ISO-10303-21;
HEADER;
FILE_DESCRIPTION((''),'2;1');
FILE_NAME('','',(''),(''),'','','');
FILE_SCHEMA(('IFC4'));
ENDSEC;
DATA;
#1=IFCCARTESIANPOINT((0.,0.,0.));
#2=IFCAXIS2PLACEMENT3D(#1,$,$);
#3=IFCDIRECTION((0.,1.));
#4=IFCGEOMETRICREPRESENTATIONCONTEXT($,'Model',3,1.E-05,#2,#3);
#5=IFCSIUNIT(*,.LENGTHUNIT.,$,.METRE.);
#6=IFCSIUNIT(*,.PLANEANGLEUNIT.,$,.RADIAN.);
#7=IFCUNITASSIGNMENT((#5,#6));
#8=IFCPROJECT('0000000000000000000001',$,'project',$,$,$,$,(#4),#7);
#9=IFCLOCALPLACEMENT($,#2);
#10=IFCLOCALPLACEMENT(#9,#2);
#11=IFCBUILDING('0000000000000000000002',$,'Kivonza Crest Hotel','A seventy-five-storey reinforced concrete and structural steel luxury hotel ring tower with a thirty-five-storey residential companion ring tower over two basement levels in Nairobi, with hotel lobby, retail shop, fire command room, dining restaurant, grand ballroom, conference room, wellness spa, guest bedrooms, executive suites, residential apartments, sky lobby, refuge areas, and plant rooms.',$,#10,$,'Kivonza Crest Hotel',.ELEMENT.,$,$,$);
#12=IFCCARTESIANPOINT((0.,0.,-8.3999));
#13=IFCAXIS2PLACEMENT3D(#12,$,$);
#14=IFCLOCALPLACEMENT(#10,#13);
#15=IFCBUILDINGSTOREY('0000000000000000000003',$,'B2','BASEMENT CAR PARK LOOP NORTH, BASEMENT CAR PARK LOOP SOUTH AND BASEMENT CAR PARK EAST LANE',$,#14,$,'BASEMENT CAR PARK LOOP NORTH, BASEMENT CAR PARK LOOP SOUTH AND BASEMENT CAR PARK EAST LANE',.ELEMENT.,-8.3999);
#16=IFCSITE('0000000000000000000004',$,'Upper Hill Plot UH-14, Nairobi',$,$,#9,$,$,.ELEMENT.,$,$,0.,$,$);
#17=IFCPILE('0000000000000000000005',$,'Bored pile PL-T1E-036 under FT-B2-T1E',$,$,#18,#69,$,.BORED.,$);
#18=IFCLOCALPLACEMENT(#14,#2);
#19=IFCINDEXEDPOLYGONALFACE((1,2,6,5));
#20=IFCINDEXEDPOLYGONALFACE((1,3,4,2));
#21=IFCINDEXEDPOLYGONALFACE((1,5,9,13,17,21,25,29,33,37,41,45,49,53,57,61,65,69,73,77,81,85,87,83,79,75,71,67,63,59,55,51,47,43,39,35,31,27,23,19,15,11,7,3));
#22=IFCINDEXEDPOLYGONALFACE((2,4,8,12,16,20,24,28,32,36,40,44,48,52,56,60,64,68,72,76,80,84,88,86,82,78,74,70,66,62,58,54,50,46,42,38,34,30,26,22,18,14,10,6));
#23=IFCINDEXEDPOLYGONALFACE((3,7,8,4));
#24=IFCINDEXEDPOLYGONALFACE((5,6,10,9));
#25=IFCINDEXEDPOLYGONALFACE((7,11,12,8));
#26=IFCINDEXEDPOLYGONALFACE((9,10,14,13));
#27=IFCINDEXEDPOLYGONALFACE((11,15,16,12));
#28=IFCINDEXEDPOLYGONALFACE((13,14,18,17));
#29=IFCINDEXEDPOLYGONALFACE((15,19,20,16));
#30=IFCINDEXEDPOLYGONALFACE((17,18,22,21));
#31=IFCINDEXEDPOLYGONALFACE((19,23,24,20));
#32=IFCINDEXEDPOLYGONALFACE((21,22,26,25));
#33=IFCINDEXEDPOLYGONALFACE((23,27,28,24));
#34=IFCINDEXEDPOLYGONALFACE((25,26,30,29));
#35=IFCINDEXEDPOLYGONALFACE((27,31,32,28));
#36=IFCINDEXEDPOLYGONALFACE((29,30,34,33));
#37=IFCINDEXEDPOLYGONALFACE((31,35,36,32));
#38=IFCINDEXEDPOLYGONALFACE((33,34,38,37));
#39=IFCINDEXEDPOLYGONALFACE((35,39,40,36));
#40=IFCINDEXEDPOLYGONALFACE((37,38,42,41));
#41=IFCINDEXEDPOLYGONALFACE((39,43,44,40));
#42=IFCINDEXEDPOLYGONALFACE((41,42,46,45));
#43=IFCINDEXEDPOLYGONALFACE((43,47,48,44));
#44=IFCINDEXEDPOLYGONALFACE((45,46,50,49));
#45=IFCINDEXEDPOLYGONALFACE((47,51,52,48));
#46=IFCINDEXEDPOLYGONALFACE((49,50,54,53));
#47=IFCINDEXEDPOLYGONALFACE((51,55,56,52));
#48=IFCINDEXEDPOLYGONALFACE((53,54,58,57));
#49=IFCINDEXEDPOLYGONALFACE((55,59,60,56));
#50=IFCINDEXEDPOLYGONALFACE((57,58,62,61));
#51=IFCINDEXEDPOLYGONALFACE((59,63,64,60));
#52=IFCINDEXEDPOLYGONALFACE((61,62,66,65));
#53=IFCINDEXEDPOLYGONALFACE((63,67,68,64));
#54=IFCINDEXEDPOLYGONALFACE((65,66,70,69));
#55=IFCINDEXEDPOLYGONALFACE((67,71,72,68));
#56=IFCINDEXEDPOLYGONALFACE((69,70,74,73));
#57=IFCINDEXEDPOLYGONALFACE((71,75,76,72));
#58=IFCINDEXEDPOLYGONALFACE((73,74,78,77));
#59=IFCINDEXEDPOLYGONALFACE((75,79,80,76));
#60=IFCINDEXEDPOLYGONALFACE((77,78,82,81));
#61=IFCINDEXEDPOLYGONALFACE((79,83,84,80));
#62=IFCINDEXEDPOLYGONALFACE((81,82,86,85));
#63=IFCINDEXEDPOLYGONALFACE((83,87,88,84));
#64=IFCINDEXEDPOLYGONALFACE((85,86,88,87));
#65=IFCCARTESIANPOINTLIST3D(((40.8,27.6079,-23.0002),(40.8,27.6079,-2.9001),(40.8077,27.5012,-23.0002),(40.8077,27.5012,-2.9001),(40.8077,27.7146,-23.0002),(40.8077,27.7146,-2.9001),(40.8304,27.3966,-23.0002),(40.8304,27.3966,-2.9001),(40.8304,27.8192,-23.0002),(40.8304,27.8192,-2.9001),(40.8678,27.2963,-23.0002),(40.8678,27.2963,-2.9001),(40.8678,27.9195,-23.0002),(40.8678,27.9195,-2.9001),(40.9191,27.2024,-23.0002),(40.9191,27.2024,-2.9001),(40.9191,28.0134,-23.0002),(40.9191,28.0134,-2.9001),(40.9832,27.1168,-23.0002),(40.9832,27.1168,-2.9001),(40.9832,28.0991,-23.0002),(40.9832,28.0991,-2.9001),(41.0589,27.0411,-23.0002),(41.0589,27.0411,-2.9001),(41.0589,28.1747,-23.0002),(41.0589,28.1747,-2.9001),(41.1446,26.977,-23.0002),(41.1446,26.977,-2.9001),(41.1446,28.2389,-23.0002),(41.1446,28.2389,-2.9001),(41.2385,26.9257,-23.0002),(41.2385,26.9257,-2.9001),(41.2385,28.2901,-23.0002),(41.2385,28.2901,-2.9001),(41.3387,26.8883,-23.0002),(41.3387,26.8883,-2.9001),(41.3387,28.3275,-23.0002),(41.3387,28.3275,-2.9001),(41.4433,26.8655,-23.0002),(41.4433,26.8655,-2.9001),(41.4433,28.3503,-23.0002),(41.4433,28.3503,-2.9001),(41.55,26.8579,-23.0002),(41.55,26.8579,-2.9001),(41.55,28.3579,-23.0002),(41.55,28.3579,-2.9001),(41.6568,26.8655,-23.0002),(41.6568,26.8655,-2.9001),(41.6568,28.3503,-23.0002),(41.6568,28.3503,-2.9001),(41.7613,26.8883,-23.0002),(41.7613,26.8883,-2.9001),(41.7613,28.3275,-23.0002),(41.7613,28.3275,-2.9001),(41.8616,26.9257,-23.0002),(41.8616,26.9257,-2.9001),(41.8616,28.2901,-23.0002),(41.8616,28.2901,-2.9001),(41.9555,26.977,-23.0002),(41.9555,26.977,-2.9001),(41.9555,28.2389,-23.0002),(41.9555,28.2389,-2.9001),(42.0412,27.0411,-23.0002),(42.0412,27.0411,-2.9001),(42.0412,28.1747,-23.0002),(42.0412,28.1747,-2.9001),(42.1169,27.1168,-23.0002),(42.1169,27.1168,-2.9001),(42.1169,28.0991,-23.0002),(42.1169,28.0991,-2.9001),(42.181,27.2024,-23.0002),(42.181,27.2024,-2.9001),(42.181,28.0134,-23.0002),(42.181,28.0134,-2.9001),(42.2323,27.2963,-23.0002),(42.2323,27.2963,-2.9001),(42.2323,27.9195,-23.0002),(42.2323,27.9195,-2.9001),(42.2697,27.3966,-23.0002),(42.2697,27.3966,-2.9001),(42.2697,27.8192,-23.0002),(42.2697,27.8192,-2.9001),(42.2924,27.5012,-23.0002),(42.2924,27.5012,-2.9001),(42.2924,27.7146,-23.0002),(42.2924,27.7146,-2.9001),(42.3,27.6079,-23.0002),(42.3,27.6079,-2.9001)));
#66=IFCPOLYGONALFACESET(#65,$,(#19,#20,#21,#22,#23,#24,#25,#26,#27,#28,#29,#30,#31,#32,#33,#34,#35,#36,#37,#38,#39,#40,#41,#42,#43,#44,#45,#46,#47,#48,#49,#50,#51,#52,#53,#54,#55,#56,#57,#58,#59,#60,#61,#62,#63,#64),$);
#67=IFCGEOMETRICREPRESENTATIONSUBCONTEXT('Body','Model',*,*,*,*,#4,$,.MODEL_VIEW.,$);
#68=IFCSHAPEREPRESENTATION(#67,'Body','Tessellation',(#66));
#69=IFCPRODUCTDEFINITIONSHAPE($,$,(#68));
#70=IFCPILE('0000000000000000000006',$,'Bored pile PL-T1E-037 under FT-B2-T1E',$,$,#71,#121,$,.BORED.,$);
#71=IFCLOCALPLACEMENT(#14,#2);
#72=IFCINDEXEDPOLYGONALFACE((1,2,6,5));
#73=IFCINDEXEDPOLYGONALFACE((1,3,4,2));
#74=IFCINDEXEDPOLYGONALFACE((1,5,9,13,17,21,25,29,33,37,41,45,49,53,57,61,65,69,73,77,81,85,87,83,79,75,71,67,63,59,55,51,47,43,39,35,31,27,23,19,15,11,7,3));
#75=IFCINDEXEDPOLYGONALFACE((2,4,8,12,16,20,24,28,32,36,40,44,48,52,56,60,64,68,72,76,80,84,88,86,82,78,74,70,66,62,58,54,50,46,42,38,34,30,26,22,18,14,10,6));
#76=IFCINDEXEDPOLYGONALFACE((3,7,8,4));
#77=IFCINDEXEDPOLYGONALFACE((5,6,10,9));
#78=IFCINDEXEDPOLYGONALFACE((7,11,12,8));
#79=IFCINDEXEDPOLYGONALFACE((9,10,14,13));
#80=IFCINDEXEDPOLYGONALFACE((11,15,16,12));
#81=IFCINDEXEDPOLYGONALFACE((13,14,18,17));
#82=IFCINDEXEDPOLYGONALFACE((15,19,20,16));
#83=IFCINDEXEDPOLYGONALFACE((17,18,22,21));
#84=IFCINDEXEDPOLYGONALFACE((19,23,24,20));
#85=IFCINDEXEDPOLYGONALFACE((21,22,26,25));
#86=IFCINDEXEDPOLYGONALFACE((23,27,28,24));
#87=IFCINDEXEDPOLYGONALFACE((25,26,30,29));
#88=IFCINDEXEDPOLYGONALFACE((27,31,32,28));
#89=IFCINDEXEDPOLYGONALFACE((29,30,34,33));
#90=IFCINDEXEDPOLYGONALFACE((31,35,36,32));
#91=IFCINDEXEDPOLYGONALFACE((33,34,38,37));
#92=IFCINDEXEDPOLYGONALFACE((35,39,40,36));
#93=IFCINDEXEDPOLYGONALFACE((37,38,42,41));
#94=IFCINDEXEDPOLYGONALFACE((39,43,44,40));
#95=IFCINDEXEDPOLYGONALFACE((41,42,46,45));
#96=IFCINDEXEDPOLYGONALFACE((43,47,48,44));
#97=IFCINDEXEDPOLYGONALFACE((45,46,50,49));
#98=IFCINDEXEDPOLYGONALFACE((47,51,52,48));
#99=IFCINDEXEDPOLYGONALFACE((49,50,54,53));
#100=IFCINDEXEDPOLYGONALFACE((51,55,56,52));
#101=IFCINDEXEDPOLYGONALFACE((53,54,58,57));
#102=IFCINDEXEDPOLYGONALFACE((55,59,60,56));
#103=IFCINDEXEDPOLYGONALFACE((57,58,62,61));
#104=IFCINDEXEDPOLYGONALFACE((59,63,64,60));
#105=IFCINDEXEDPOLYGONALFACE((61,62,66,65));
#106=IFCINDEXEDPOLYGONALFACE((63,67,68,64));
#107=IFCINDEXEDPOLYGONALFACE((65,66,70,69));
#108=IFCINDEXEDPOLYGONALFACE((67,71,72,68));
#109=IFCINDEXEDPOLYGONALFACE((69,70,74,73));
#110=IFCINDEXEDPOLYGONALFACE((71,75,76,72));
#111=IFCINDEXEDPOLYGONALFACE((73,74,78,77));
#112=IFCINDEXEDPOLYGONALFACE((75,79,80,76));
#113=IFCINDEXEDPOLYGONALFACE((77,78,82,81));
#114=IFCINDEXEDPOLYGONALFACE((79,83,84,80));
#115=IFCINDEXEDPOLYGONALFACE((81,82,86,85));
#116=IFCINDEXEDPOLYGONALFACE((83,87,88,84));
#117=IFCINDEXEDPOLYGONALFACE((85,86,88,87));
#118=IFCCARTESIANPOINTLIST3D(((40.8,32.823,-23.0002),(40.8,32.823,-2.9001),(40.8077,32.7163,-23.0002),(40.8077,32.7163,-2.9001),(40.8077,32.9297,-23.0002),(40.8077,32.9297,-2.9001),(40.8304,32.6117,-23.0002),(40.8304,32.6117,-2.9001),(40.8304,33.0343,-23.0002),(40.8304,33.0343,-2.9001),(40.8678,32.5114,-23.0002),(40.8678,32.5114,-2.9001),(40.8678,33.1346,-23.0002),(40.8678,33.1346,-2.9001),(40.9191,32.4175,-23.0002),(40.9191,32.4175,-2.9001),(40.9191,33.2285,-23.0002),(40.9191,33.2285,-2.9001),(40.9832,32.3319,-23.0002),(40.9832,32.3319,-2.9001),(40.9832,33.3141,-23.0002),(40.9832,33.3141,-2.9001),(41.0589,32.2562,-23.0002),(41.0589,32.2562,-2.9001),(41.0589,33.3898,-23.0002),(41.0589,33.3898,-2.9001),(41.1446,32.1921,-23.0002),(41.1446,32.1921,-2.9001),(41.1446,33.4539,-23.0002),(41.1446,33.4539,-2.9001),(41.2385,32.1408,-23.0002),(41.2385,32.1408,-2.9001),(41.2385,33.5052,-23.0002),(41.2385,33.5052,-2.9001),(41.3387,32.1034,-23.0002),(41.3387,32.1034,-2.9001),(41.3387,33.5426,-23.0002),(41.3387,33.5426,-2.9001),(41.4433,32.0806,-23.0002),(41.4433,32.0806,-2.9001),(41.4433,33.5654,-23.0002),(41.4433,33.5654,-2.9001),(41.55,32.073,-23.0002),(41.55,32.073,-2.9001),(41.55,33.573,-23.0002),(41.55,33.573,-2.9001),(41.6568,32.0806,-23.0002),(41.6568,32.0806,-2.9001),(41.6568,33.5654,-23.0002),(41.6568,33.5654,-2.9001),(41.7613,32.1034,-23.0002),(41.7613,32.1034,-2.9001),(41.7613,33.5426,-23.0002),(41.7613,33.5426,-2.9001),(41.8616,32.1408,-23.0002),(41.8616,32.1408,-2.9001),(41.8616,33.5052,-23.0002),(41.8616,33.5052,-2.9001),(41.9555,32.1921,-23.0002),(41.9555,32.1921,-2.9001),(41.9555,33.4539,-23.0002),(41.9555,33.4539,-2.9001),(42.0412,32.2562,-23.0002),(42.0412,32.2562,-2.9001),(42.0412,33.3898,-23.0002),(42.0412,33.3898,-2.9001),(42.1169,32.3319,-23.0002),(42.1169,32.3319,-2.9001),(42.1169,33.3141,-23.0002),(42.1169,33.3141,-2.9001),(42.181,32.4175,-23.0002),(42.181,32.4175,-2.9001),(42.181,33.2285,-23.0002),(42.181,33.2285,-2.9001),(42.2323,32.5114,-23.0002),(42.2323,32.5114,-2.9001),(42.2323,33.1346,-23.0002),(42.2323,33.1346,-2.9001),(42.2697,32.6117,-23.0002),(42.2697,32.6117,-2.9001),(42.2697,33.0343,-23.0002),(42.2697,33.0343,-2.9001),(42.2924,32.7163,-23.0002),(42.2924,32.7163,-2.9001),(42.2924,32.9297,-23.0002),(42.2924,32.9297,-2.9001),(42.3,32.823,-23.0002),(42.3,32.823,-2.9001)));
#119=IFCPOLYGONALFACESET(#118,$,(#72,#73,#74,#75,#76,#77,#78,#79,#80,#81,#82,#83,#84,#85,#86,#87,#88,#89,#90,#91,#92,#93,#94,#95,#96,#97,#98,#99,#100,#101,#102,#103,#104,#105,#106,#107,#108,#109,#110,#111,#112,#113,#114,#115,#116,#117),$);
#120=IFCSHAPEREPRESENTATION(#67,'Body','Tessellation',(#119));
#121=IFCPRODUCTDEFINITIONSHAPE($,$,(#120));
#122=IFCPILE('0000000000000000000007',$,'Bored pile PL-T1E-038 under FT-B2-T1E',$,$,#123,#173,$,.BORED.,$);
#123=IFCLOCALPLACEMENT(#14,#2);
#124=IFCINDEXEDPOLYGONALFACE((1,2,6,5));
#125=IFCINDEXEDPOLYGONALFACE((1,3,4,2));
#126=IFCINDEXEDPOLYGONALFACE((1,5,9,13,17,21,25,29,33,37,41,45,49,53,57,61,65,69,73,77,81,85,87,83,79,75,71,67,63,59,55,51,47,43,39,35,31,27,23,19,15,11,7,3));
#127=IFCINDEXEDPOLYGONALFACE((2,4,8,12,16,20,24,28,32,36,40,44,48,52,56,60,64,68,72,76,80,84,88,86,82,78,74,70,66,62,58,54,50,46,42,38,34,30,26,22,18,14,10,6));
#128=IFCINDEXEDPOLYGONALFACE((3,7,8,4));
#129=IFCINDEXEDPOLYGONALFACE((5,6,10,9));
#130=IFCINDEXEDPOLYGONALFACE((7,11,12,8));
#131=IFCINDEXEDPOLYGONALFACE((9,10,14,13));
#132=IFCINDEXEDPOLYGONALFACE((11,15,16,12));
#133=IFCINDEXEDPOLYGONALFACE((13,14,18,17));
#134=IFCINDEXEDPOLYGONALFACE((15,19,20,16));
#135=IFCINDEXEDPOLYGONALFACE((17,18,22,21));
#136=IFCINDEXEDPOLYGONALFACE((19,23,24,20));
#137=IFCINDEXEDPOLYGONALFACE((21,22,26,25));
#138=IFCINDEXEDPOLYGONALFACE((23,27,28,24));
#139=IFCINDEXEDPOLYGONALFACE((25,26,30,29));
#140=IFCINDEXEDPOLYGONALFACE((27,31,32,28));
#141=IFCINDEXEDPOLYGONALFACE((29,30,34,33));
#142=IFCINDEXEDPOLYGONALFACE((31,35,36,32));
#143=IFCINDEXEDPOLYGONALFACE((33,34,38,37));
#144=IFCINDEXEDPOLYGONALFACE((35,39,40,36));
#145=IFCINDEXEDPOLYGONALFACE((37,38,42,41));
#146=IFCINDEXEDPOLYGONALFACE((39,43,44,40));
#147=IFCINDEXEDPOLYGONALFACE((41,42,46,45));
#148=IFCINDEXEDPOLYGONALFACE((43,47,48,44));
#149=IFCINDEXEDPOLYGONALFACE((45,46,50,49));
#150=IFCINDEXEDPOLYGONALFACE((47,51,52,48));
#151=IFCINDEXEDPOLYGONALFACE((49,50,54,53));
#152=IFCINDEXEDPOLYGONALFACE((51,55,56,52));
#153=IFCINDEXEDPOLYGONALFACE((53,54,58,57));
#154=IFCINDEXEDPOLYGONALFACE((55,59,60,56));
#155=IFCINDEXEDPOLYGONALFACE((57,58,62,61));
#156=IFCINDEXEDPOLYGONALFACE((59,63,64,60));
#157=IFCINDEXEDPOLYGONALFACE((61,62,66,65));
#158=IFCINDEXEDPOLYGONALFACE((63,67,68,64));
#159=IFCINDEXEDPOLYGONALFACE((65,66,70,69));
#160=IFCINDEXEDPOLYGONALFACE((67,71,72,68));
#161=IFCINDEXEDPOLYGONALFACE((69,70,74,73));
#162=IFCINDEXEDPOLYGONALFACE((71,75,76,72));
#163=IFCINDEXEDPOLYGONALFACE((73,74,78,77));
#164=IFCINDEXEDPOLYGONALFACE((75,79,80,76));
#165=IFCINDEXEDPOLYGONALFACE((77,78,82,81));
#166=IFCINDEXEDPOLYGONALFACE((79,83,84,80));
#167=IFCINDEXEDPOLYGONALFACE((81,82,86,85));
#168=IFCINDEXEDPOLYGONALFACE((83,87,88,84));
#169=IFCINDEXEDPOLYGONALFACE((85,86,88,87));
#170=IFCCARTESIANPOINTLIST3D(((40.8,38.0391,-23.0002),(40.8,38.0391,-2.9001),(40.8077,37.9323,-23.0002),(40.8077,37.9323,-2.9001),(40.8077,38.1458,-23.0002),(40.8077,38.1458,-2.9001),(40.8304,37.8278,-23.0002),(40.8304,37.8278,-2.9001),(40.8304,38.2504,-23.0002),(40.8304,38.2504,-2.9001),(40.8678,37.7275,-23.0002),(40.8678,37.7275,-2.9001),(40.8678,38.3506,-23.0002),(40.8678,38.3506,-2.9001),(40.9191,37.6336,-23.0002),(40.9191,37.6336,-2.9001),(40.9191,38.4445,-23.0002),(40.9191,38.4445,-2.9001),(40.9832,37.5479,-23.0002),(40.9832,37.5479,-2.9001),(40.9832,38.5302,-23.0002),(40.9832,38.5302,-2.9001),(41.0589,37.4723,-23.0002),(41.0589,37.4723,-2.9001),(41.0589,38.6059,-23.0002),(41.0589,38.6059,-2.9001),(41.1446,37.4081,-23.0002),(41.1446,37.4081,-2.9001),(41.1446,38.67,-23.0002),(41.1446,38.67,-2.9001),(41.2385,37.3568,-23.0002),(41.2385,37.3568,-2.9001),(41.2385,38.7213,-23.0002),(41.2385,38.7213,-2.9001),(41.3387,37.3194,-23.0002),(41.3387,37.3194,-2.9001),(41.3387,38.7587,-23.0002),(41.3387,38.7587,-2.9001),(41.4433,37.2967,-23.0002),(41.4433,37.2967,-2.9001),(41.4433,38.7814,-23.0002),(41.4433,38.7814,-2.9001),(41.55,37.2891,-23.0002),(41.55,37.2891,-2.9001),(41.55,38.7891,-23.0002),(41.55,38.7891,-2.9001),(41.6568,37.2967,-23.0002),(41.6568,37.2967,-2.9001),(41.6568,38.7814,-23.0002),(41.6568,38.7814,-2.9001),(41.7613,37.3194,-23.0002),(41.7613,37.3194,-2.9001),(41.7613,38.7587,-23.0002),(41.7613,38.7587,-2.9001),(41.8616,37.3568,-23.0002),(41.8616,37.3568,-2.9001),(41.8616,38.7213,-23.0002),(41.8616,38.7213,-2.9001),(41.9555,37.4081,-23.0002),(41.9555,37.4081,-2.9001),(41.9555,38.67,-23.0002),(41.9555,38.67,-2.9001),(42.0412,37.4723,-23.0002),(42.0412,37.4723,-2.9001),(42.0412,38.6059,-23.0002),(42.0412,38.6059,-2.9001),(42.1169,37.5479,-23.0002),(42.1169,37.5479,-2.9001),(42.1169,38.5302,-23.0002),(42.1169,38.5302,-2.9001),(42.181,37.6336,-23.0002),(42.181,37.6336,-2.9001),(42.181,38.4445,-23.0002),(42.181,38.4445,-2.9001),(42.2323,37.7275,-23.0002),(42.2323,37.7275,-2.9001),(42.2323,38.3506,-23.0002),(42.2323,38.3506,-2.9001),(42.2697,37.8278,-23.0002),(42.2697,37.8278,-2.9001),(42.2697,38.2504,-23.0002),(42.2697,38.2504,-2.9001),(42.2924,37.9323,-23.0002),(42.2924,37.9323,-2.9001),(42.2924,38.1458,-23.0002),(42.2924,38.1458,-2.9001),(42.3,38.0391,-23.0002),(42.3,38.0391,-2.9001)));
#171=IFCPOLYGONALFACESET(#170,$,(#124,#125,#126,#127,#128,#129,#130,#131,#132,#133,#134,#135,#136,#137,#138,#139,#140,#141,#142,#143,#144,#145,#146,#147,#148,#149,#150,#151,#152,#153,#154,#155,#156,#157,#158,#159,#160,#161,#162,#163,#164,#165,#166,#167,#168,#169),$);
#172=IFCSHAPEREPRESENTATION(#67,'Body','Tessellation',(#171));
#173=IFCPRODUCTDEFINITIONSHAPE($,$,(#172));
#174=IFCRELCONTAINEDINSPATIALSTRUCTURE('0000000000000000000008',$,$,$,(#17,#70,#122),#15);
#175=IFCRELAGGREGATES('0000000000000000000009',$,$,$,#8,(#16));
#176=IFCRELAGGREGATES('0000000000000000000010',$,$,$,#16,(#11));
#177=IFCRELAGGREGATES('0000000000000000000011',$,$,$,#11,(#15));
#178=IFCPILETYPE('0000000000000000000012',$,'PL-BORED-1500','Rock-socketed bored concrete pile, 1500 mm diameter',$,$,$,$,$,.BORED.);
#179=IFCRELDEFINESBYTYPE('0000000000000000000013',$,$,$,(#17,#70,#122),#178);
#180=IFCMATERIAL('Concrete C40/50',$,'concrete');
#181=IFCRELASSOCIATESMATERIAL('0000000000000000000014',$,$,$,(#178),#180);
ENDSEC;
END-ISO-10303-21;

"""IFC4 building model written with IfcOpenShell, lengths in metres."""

from ifc_helpers import new_model, si_unit, direction, frame, origin, origin_2d, place, context, subcontext, project, spatial, circle, extrude, material, material_profile, profile_set, type_object, element, save


model = new_model("IFC4")

# Units and contexts
model_context = context("Model", 3, precision=1e-05, world=origin(), true_north=direction((0.0, 1.0)))
body_context = subcontext(model_context, "Body", "Model", "MODEL_VIEW")
ifc_project = project(units=[si_unit("LENGTHUNIT", "METRE"), si_unit("PLANEANGLEUNIT", "RADIAN")], contexts=[model_context])

# Site, building, storey
site_placement = place(None, origin())
site = spatial("IfcSite", under=ifc_project, at=site_placement, Name="Upper Hill Plot UH-14, Nairobi", CompositionType="ELEMENT", RefElevation=0.0)
building_placement = place(site_placement, origin())
building = spatial("IfcBuilding", under=site, at=building_placement, Name="Kivonza Crest Hotel", Description="A seventy-five-storey reinforced concrete and structural steel luxury hotel ring tower with a thirty-five-storey residential companion ring tower over two basement levels in Nairobi, with hotel lobby, retail shop, fire command room, dining restaurant, grand ballroom, conference room, wellness spa, guest bedrooms, executive suites, residential apartments, sky lobby, refuge areas, and plant rooms.", LongName="Kivonza Crest Hotel", CompositionType="ELEMENT")
storey_placement = place(building_placement, frame((0.0, 0.0, -8.3999)))
storey = spatial("IfcBuildingStorey", under=building, at=storey_placement, Name="B2", Description="BASEMENT CAR PARK LOOP NORTH, BASEMENT CAR PARK LOOP SOUTH AND BASEMENT CAR PARK EAST LANE", LongName="BASEMENT CAR PARK LOOP NORTH, BASEMENT CAR PARK LOOP SOUTH AND BASEMENT CAR PARK EAST LANE", CompositionType="ELEMENT", Elevation=-8.3999)

# Piles
ifc_material_1 = material(Name="Concrete C40/50", Category="concrete")
ifc_material_profile_1 = material_profile(ifc_material_1, circle(Radius=0.75, at=origin_2d()), Name="PILE D1500")
ifc_profile_set_1 = profile_set([ifc_material_profile_1], Name="Concrete C40/50")
pile_type_1 = type_object("IfcPileType", Name="PL-BORED-1500", Description="Rock-socketed bored concrete pile, 1500 mm diameter", PredefinedType="BORED", material=ifc_profile_set_1)
for number, where, z_axis, x_axis, name in (
    (1, (41.55, 27.6079, -2.9001), (0.0, 0.0, -1.0), (1.0, 0.0, 0.0), "Bored pile PL-T1E-036 under FT-B2-T1E"),
    (2, (41.55, 32.823, -2.9001), (0.0, 0.0, -1.0), (1.0, 0.0, 0.0), "Bored pile PL-T1E-037 under FT-B2-T1E"),
    (3, (41.55, 38.0391, -2.9001), (0.0, 0.0, -1.0), (1.0, 0.0, 0.0), "Bored pile PL-T1E-038 under FT-B2-T1E"),
):
    element("IfcPile", number, at=place(storey_placement, frame(where, z_axis=z_axis, x_axis=x_axis)), inside=storey, type_object=pile_type_1, Name=name, PredefinedType="BORED", context=body_context, shape_type="SweptSolid", body=[
        extrude(circle(Radius=0.75, at=origin_2d()), origin(), (0.0, 0.0, 1.0), 20.1001),
    ])

save(model, "model.ifc")
